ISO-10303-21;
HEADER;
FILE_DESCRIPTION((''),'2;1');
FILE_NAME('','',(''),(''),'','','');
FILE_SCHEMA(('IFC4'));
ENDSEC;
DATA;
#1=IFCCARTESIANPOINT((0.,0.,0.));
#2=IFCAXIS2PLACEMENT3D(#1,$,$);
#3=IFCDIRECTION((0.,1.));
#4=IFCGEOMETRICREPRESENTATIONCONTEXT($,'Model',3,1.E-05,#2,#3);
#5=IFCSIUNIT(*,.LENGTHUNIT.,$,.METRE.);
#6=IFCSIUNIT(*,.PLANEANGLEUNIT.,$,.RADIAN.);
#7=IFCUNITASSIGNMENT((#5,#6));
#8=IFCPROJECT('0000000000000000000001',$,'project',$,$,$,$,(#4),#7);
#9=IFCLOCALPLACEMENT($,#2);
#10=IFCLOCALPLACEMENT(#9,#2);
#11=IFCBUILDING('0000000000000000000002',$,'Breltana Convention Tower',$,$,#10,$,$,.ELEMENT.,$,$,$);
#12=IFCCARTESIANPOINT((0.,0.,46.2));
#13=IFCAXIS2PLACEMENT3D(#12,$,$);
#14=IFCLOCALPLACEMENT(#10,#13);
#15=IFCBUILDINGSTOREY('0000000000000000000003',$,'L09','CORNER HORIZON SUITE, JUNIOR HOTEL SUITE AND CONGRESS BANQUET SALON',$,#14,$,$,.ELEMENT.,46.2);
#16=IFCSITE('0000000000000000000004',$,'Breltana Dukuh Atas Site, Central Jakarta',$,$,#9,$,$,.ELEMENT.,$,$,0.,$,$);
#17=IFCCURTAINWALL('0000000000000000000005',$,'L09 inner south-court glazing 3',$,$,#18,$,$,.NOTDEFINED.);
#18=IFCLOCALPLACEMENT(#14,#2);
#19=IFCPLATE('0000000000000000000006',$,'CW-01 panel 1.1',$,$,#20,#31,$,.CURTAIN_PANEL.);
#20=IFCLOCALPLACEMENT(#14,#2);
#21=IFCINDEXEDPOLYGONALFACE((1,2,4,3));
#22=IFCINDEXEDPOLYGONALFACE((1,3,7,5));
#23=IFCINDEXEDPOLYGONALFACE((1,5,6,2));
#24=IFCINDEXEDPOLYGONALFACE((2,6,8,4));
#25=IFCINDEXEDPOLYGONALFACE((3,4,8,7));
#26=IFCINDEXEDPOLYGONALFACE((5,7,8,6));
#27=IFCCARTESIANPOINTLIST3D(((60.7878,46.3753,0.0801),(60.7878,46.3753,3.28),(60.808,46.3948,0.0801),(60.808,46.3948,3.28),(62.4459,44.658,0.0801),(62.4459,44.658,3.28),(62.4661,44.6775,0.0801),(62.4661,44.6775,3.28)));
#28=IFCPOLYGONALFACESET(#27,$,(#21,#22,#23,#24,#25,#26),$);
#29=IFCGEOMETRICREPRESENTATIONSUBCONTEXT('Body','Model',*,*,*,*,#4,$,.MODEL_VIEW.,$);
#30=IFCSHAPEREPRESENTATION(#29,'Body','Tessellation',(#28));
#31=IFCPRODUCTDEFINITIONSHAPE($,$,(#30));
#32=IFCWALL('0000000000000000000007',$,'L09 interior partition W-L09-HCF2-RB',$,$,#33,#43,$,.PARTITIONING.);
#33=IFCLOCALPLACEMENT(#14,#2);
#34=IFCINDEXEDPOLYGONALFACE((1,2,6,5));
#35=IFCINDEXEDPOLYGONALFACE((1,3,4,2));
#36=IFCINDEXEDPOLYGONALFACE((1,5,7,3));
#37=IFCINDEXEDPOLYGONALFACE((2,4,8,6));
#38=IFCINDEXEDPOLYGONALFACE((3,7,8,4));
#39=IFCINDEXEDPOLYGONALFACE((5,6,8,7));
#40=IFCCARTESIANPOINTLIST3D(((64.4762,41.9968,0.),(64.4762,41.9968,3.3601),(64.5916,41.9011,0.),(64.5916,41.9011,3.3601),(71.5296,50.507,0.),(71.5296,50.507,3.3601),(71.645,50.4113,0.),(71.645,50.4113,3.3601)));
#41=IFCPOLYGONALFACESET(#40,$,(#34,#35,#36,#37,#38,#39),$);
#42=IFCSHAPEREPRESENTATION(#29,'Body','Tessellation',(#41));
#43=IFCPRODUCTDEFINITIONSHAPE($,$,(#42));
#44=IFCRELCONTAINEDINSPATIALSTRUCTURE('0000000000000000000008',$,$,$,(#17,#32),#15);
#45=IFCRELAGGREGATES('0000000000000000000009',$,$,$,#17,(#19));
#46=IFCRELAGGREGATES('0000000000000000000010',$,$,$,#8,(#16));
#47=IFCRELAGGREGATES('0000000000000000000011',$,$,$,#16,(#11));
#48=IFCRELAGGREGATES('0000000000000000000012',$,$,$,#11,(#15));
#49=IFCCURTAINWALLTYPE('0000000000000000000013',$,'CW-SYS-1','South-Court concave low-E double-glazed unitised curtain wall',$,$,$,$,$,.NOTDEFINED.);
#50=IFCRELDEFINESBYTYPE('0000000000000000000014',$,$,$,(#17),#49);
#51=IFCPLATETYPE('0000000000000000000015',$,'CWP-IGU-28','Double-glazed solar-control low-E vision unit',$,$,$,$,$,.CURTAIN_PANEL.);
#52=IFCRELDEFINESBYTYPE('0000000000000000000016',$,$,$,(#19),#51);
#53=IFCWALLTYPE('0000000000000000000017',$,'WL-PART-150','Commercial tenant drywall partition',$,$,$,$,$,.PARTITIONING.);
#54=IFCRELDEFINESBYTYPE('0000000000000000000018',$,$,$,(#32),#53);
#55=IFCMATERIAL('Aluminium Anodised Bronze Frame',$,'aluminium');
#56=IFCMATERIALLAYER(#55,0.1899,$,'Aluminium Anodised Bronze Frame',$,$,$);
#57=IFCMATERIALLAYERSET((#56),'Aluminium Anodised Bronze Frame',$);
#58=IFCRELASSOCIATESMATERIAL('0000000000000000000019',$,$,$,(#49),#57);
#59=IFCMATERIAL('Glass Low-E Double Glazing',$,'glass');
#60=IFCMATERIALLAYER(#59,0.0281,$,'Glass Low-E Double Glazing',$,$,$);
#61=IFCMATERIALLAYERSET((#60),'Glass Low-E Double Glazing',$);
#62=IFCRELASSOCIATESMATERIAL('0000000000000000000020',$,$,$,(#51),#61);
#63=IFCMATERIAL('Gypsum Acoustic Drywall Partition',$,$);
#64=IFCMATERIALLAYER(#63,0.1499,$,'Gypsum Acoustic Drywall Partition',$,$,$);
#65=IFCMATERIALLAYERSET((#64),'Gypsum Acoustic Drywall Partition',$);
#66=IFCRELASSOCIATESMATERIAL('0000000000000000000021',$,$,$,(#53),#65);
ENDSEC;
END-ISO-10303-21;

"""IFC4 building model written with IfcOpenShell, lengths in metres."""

from ifc_helpers import new_model, si_unit, direction, frame, frame_2d, origin, origin_2d, place, context, subcontext, project, spatial, rectangle, extrude, source, transform, mapped, material, layer, layer_set, type_object, element, aggregate, save


model = new_model("IFC4")

# Units and contexts
model_context = context("Model", 3, precision=1e-05, world=origin(), true_north=direction((0.0, 1.0)))
body_context = subcontext(model_context, "Body", "Model", "MODEL_VIEW")
ifc_project = project(units=[si_unit("LENGTHUNIT", "METRE"), si_unit("PLANEANGLEUNIT", "RADIAN")], contexts=[model_context])

# Site, building, storey
site_placement = place(None, origin())
site = spatial("IfcSite", under=ifc_project, at=site_placement, Name="Breltana Dukuh Atas Site, Central Jakarta", CompositionType="ELEMENT", RefElevation=0.0)
building_placement = place(site_placement, origin())
building = spatial("IfcBuilding", under=site, at=building_placement, Name="Breltana Convention Tower", CompositionType="ELEMENT")
storey_placement = place(building_placement, frame((0.0, 0.0, 46.2)))
storey = spatial("IfcBuildingStorey", under=building, at=storey_placement, Name="L09", Description="CORNER HORIZON SUITE, JUNIOR HOTEL SUITE AND CONGRESS BANQUET SALON", CompositionType="ELEMENT", Elevation=46.2)

# Curtain wall
ifc_material_1 = material(Name="Aluminium Anodised Bronze Frame", Category="aluminium")
ifc_layer_1 = layer(ifc_material_1, 0.1899, Name="Aluminium Anodised Bronze Frame")
ifc_layer_set_1 = layer_set([ifc_layer_1], Name="Aluminium Anodised Bronze Frame")
curtain_wall_type = type_object("IfcCurtainWallType", Name="CW-SYS-1", Description="South-Court concave low-E double-glazed unitised curtain wall", PredefinedType="NOTDEFINED", material=ifc_layer_set_1)
curtain_wall_1_placement = place(storey_placement, origin())
curtain_wall_1 = element("IfcCurtainWall", 1, at=curtain_wall_1_placement, inside=storey, type_object=curtain_wall_type, Name="L09 inner south-court glazing 3", PredefinedType="NOTDEFINED")

# Plate
ifc_material_2 = material(Name="Glass Low-E Double Glazing", Category="glass")
ifc_layer_2 = layer(ifc_material_2, 0.0281, Name="Glass Low-E Double Glazing")
ifc_layer_set_2 = layer_set([ifc_layer_2], Name="Glass Low-E Double Glazing")
plate_type = type_object("IfcPlateType", Name="CWP-IGU-28", Description="Double-glazed solar-control low-E vision unit", PredefinedType="CURTAIN_PANEL", material=ifc_layer_set_2)
shared_shape_1 = source(origin(), body_context, "Body", "SweptSolid", [
    extrude(rectangle(XDim=2.3872, YDim=0.0281, at=origin_2d()), origin(), (0.0, 0.0, 1.0), 3.2),
])
plate_1_placement = place(storey_placement, frame((61.627, 45.5264, 0.0801), z_axis=(0.0, 0.0, 1.0), x_axis=(-0.694612, 0.719385, 0.0)))
plate_1 = element("IfcPlate", 2, at=plate_1_placement, type_object=plate_type, Name="CW-01 panel 1.1", PredefinedType="CURTAIN_PANEL", context=body_context, shape_type="MappedRepresentation", body=[
    mapped(shared_shape_1, transform((0.0, 0.0, 0.0), scale=1.0)),
])
aggregate(curtain_wall_1, [plate_1])

# Wall
ifc_material_3 = material(Name="Gypsum Acoustic Drywall Partition")
ifc_layer_3 = layer(ifc_material_3, 0.1499, Name="Gypsum Acoustic Drywall Partition")
ifc_layer_set_3 = layer_set([ifc_layer_3], Name="Gypsum Acoustic Drywall Partition")
wall_type = type_object("IfcWallType", Name="WL-PART-150", Description="Commercial tenant drywall partition", PredefinedType="PARTITIONING", material=ifc_layer_set_3)
shared_shape_2 = source(origin(), body_context, "Body", "SweptSolid", [
    extrude(rectangle(XDim=11.0532, YDim=0.1499, at=frame_2d((5.5266, 0.0))), origin(), (0.0, 0.0, 1.0), 3.3601),
])
wall_placement = place(storey_placement, frame((64.5339, 41.949, 0.0), z_axis=(0.0, 0.0, 1.0), x_axis=(0.638131, 0.769928, 0.0)))
element("IfcWall", 3, at=wall_placement, inside=storey, type_object=wall_type, Name="L09 interior partition W-L09-HCF2-RB", PredefinedType="PARTITIONING", context=body_context, shape_type="MappedRepresentation", body=[
    mapped(shared_shape_2, transform((0.0, 0.0, 0.0), scale=1.0)),
])

save(model, "model.ifc")
